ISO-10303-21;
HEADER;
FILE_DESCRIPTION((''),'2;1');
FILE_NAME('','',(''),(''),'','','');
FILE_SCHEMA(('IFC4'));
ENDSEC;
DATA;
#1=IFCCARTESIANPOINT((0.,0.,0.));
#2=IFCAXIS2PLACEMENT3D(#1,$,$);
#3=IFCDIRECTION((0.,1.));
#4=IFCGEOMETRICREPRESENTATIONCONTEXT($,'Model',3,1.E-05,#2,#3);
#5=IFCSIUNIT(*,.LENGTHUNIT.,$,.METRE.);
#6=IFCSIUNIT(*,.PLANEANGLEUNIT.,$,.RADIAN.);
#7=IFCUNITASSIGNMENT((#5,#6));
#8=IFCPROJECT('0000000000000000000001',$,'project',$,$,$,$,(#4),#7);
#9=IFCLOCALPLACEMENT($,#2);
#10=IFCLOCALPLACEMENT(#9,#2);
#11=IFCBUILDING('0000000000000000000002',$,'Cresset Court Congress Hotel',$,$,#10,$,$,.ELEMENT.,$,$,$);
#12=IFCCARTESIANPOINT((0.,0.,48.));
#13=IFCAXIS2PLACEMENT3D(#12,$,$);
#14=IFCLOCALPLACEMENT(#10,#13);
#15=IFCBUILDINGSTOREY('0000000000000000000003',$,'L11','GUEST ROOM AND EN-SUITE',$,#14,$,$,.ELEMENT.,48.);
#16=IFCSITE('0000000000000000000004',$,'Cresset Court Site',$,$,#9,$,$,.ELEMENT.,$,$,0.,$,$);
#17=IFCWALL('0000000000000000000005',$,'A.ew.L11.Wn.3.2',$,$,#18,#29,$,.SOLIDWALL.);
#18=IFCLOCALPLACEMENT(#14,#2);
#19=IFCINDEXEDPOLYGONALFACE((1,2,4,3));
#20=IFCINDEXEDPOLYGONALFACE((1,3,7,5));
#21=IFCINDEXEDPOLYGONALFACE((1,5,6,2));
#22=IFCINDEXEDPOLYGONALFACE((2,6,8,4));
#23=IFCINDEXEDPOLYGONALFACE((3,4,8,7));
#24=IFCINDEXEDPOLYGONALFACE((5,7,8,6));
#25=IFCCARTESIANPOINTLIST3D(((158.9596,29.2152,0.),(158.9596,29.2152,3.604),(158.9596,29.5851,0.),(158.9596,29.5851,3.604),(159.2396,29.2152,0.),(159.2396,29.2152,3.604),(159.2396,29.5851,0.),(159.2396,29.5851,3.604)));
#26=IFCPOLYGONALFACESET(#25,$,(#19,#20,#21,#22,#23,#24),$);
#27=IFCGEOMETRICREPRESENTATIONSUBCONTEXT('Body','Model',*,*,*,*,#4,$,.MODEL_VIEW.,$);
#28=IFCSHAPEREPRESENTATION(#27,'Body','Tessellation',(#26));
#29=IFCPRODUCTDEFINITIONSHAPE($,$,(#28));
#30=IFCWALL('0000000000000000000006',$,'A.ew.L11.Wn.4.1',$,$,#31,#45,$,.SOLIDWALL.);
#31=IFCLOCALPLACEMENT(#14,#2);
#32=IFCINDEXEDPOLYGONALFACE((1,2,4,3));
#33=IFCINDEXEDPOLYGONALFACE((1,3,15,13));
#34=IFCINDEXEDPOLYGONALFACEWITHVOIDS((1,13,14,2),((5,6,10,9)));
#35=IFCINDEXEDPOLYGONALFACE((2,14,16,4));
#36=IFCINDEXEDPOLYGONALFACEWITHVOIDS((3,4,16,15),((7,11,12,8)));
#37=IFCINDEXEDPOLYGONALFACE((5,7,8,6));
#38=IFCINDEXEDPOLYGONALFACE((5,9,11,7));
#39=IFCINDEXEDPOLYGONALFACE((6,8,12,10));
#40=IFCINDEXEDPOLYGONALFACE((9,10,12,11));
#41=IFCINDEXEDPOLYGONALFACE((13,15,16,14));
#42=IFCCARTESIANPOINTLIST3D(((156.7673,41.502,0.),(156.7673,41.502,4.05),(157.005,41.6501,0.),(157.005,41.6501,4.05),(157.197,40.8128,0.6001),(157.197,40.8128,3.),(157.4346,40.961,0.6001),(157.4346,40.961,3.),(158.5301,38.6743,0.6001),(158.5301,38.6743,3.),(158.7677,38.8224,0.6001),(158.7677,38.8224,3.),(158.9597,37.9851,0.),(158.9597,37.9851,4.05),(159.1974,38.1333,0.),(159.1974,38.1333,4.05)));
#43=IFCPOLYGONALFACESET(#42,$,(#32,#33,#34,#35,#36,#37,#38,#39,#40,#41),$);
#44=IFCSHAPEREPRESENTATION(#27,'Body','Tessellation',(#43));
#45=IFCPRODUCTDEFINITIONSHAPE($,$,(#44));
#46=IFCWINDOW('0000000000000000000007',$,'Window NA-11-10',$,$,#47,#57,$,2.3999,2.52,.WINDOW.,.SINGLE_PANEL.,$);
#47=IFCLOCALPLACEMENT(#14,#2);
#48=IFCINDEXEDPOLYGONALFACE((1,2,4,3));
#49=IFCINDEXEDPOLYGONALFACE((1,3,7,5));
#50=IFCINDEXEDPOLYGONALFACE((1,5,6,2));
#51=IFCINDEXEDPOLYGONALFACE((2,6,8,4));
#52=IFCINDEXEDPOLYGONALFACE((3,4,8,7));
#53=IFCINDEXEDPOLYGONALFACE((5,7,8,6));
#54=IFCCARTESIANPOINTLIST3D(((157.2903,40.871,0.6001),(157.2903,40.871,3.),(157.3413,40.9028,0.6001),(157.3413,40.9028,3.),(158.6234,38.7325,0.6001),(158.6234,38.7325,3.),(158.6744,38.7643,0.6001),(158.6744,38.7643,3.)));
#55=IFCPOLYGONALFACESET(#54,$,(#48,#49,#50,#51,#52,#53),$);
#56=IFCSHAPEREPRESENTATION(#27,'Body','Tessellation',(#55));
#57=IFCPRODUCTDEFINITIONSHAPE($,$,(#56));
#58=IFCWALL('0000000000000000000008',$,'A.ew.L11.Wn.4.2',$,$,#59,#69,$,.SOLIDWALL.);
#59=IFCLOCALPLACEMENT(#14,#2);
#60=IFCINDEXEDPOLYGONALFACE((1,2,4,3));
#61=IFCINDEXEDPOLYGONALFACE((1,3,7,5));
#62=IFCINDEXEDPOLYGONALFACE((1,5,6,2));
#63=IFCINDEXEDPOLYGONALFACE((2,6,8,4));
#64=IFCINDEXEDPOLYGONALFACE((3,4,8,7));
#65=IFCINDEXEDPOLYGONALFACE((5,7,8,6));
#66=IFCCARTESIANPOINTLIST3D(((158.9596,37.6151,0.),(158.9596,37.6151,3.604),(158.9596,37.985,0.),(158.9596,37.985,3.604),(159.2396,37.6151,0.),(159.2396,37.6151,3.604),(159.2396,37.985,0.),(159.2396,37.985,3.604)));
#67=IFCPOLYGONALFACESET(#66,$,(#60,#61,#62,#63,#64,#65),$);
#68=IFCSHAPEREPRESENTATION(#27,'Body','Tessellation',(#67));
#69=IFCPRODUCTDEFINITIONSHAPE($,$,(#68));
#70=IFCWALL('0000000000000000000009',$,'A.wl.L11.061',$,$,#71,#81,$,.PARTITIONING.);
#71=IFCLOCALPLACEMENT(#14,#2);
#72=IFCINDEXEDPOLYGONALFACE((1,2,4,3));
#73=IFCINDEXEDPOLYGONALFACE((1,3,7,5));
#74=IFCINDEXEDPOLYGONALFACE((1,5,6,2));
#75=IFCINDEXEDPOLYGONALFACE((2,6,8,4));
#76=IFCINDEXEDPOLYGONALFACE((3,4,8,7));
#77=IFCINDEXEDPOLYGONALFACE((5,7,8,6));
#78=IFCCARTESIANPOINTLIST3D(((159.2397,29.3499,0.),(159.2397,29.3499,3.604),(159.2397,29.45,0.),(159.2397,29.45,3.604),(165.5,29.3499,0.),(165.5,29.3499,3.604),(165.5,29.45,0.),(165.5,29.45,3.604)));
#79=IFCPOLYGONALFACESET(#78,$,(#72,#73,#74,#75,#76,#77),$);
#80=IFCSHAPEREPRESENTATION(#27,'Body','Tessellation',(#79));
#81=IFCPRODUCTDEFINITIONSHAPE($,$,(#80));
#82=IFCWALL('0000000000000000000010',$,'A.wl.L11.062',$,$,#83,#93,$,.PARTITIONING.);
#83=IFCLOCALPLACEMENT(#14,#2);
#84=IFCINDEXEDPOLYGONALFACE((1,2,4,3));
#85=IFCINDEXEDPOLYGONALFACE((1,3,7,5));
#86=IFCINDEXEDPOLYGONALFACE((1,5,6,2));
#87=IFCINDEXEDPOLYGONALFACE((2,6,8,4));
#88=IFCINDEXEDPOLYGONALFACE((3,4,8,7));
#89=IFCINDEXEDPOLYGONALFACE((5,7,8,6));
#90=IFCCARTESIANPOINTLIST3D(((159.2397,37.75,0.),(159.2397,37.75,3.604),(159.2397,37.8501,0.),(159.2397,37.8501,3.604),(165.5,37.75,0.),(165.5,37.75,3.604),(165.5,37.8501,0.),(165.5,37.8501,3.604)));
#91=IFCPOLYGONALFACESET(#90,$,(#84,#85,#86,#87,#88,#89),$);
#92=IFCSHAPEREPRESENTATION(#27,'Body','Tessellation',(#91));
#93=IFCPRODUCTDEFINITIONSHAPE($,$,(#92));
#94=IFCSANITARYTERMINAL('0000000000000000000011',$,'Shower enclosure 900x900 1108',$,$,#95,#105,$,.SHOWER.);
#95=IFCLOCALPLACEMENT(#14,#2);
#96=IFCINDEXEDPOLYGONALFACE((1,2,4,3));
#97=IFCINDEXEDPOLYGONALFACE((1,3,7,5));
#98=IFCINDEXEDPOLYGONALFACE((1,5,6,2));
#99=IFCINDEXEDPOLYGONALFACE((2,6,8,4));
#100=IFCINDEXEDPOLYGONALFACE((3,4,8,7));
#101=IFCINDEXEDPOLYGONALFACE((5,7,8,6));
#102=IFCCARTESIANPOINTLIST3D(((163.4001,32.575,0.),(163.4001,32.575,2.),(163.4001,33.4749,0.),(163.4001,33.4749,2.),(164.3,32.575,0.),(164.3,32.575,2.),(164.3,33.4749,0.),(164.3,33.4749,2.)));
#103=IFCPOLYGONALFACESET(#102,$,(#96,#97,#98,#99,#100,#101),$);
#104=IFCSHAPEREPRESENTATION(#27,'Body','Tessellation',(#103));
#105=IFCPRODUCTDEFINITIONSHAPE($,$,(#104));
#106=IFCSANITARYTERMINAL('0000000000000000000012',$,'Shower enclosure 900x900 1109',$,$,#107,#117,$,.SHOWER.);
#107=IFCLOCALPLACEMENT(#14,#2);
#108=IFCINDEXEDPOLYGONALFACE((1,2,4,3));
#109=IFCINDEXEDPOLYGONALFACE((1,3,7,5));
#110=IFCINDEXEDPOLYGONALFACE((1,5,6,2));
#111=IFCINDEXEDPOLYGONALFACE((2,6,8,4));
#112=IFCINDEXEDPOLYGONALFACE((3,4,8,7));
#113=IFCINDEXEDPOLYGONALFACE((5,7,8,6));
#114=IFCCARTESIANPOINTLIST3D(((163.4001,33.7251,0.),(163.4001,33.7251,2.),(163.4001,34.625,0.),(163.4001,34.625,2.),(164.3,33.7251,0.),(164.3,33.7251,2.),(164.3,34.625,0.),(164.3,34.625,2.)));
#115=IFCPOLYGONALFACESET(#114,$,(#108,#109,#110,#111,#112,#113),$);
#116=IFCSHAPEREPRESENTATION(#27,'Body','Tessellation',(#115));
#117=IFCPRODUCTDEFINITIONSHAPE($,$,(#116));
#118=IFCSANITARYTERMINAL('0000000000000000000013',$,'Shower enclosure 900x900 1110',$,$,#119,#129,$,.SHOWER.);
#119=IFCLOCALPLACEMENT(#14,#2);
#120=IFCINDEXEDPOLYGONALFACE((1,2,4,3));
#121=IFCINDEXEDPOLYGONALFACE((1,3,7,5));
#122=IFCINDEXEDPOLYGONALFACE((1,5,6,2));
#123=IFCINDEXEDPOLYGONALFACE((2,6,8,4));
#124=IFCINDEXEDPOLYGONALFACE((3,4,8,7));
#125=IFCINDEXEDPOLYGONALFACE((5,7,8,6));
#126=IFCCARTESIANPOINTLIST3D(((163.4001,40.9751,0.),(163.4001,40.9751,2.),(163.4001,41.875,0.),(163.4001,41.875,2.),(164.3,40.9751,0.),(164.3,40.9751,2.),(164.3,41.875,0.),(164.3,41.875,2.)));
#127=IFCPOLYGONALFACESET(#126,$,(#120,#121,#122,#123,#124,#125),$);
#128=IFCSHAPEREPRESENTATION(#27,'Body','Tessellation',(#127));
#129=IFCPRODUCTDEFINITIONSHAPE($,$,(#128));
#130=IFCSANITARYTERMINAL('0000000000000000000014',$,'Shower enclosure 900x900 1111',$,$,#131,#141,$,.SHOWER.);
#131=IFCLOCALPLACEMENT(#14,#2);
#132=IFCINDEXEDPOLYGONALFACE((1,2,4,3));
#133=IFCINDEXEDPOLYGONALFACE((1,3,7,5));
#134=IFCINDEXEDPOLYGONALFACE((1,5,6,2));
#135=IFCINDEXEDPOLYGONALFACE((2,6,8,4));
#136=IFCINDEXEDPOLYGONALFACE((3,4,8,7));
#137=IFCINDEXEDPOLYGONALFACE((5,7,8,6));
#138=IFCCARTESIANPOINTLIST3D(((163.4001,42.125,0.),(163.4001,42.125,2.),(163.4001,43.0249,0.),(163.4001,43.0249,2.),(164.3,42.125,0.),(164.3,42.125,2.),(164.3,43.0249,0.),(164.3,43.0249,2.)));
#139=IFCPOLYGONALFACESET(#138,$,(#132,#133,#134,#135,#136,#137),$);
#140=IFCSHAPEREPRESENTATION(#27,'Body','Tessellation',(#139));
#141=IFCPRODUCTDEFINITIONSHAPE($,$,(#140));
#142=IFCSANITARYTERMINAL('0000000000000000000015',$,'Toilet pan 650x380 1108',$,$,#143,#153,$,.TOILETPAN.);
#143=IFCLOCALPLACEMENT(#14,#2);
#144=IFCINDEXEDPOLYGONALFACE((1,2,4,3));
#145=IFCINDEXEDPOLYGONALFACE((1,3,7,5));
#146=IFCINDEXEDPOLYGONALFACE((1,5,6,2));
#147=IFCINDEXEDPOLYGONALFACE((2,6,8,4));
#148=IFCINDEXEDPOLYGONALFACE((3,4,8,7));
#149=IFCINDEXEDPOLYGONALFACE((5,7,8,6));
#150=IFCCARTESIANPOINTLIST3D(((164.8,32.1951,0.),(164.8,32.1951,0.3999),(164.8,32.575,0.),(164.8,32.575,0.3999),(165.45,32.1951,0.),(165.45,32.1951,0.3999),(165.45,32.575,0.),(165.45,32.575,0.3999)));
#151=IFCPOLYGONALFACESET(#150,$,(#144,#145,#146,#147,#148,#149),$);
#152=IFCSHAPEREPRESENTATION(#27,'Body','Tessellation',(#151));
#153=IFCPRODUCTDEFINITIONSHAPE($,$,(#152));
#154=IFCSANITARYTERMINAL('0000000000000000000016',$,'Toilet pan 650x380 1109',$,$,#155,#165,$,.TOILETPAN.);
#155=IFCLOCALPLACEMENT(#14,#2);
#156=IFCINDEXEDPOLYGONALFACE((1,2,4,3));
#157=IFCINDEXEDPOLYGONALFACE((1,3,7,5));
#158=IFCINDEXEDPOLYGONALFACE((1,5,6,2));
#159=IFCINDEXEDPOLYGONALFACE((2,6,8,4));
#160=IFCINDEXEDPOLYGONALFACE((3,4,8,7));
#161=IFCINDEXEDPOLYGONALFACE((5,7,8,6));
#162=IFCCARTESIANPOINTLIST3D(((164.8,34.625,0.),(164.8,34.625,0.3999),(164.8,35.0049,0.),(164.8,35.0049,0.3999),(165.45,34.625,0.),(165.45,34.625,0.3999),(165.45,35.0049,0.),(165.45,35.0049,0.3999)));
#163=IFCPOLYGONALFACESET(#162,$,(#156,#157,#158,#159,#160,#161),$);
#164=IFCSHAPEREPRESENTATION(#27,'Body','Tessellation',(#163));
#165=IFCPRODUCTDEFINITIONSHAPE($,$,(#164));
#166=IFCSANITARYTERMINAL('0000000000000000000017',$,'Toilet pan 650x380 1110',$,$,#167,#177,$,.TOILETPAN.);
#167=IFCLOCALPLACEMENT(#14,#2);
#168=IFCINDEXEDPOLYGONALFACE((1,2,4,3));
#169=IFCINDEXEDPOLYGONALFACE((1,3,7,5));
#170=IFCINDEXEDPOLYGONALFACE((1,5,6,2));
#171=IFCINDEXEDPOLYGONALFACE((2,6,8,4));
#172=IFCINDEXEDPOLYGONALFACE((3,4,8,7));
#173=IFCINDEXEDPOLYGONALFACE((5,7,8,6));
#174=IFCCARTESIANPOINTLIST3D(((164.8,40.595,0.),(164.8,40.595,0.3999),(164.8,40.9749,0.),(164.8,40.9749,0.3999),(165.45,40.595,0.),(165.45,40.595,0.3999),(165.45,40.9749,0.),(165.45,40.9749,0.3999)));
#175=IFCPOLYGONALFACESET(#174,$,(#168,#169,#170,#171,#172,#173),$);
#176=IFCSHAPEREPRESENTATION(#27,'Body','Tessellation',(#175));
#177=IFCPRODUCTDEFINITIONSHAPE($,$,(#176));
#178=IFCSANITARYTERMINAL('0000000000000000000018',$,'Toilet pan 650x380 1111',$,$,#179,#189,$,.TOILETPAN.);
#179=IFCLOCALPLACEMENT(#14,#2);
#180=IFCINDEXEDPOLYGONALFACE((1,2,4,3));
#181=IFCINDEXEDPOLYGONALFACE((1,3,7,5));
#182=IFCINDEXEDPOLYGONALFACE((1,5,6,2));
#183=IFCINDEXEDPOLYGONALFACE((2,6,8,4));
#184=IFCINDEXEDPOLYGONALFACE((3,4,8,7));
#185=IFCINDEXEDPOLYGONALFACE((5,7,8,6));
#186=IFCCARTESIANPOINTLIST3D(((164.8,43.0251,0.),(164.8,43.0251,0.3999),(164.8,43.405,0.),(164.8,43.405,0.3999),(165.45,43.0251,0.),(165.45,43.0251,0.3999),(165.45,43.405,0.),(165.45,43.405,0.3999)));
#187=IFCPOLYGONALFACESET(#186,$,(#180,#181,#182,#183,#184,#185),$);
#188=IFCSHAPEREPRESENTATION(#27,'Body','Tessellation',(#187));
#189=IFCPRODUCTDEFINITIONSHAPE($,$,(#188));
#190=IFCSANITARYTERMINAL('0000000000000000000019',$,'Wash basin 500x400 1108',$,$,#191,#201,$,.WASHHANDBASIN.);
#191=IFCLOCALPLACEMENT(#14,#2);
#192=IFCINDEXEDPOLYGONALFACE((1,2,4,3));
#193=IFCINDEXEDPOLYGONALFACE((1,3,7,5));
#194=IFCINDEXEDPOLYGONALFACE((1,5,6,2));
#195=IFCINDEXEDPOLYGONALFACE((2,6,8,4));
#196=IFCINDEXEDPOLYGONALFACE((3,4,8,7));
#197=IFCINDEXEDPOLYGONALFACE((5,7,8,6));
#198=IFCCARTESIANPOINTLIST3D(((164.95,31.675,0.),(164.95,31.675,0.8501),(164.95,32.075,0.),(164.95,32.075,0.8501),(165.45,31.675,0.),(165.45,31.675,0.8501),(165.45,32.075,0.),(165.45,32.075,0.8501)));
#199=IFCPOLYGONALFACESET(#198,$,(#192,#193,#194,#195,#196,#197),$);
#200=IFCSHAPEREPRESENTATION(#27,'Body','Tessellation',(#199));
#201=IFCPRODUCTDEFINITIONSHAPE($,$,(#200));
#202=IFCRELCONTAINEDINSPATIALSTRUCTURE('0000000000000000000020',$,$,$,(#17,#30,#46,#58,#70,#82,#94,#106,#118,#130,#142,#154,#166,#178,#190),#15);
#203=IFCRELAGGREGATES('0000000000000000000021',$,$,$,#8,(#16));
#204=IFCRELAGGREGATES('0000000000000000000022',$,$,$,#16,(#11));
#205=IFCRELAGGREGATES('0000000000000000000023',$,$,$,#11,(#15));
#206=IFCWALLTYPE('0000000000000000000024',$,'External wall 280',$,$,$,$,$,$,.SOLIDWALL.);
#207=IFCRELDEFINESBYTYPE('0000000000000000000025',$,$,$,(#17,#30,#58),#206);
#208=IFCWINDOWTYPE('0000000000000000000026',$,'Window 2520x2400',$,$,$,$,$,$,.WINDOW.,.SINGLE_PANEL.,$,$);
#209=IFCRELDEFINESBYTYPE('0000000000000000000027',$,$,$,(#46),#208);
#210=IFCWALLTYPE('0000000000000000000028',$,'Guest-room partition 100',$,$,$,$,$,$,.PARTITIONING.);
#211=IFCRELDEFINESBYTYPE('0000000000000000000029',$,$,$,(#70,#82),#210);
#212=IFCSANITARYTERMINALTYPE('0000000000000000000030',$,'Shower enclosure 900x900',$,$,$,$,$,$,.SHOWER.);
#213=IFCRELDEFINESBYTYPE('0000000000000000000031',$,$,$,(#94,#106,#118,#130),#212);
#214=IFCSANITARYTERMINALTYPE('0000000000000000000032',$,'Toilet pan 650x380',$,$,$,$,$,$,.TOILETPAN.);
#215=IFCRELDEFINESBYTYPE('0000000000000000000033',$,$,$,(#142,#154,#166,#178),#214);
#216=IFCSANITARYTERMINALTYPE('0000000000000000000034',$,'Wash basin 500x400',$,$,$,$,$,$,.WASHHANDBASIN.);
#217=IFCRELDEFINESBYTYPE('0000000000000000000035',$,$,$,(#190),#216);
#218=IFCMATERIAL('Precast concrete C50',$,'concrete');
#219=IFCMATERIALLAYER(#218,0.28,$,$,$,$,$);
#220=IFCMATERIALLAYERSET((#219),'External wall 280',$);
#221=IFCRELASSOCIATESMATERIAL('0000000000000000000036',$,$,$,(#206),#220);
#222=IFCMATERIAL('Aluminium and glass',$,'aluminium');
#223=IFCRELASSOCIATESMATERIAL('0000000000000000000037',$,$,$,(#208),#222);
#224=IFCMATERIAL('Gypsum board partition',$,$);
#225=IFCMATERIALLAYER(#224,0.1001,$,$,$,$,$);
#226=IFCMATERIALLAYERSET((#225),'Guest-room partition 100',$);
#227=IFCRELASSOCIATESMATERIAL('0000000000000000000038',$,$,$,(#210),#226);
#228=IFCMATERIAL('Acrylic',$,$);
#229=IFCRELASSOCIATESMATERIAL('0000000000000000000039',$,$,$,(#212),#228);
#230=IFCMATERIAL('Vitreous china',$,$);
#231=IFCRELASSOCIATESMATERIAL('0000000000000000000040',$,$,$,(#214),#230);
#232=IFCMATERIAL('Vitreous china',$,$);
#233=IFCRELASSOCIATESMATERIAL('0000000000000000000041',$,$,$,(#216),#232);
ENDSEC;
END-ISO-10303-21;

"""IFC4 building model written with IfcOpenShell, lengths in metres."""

from ifc_helpers import new_model, si_unit, direction, frame, frame_2d, origin, origin_2d, place, context, subcontext, project, spatial, rectangle, extrude, material, layer, layer_set, type_object, element, fill, save


model = new_model("IFC4")

# Units and contexts
model_context = context("Model", 3, precision=1e-05, world=origin(), true_north=direction((0.0, 1.0)))
body_context = subcontext(model_context, "Body", "Model", "MODEL_VIEW")
ifc_project = project(units=[si_unit("LENGTHUNIT", "METRE"), si_unit("PLANEANGLEUNIT", "RADIAN")], contexts=[model_context])

# Site, building, storey
site_placement = place(None, origin())
site = spatial("IfcSite", under=ifc_project, at=site_placement, Name="Cresset Court Site", CompositionType="ELEMENT", RefElevation=0.0)
building_placement = place(site_placement, origin())
building = spatial("IfcBuilding", under=site, at=building_placement, Name="Cresset Court Congress Hotel", CompositionType="ELEMENT")
storey_placement = place(building_placement, frame((0.0, 0.0, 48.0)))
storey = spatial("IfcBuildingStorey", under=building, at=storey_placement, Name="L11", Description="GUEST ROOM AND EN-SUITE", CompositionType="ELEMENT", Elevation=48.0)

# Shared definitions
ifc_material_1 = material(Name="Precast concrete C50", Category="concrete")
ifc_layer_1 = layer(ifc_material_1, 0.28)
ifc_layer_set_1 = layer_set([ifc_layer_1], Name="External wall 280")
wall_type_1 = type_object("IfcWallType", Name="External wall 280", PredefinedType="SOLIDWALL", material=ifc_layer_set_1)
ifc_material_2 = material(Name="Aluminium and glass", Category="aluminium")
window_type = type_object("IfcWindowType", Name="Window 2520x2400", PartitioningType="SINGLE_PANEL", PredefinedType="WINDOW", material=ifc_material_2)

# Wall
wall_1_placement = place(storey_placement, frame((159.0996, 29.2151, 0.0), z_axis=(0.0, 0.0, 1.0), x_axis=(0.0, 1.0, 0.0)))
element("IfcWall", 1, at=wall_1_placement, inside=storey, type_object=wall_type_1, Name="A.ew.L11.Wn.3.2", PredefinedType="SOLIDWALL", context=body_context, shape_type="SweptSolid", body=[
    extrude(rectangle(XDim=0.3699, YDim=0.28, at=frame_2d((0.1851, 0.0))), origin(), (0.0, 0.0, 1.0), 3.604),
])

# Wall, opening, window
wall_2_placement = place(storey_placement, frame((159.0786, 38.0591, 0.0), z_axis=(0.0, 0.0, 1.0), x_axis=(-0.529019, 0.84861, 0.0)))
wall_2 = element("IfcWall", 2, at=wall_2_placement, inside=storey, type_object=wall_type_1, Name="A.ew.L11.Wn.4.1", PredefinedType="SOLIDWALL", context=body_context, shape_type="SweptSolid", body=[
    extrude(rectangle(XDim=4.1443, YDim=0.28, at=frame_2d((2.0723, 0.0))), origin(), (0.0, 0.0, 1.0), 4.05),
])
opening_1_placement = place(wall_2_placement, frame((0.8123, 0.0, 0.6001)))
opening_1 = element("IfcOpeningElement", 3, at=opening_1_placement, cuts=wall_2, PredefinedType="OPENING", context=body_context, shape_type="SweptSolid", body=[
    extrude(rectangle(XDim=2.52, YDim=2.3999, at=frame_2d((1.26, 1.2))), frame((0.0, 0.1499, 0.0), z_axis=(0.0, -1.0, 0.0), x_axis=(1.0, 0.0, 0.0)), (0.0, 0.0, 1.0), 0.3),
])
window_1_placement = place(opening_1_placement, origin())
window_1 = element("IfcWindow", 4, at=window_1_placement, inside=storey, type_object=window_type, Name="Window NA-11-10", OverallHeight=2.3999, OverallWidth=2.52, PartitioningType="SINGLE_PANEL", PredefinedType="WINDOW", context=body_context, shape_type="SweptSolid", body=[
    extrude(rectangle(XDim=2.52, YDim=2.3999, at=frame_2d((1.26, 1.2))), frame((0.0, 0.03, 0.0), z_axis=(0.0, -1.0, 0.0), x_axis=(1.0, 0.0, 0.0)), (0.0, 0.0, 1.0), 0.0601),
])
fill(opening_1, window_1)

# Walls
wall_3_placement = place(storey_placement, frame((159.0996, 37.615, 0.0), z_axis=(0.0, 0.0, 1.0), x_axis=(0.0, 1.0, 0.0)))
element("IfcWall", 5, at=wall_3_placement, inside=storey, type_object=wall_type_1, Name="A.ew.L11.Wn.4.2", PredefinedType="SOLIDWALL", context=body_context, shape_type="SweptSolid", body=[
    extrude(rectangle(XDim=0.3699, YDim=0.28, at=frame_2d((0.1851, 0.0))), origin(), (0.0, 0.0, 1.0), 3.604),
])
ifc_material_3 = material(Name="Gypsum board partition")
ifc_layer_2 = layer(ifc_material_3, 0.1001)
ifc_layer_set_2 = layer_set([ifc_layer_2], Name="Guest-room partition 100")
wall_type_2 = type_object("IfcWallType", Name="Guest-room partition 100", PredefinedType="PARTITIONING", material=ifc_layer_set_2)
for number, where, z_axis, x_axis, name in (
    (6, (159.2397, 29.3999, 0.0), (0.0, 0.0, 1.0), (1.0, 0.0, 0.0), "A.wl.L11.061"),
    (7, (159.2397, 37.8, 0.0), (0.0, 0.0, 1.0), (1.0, 0.0, 0.0), "A.wl.L11.062"),
):
    element("IfcWall", number, at=place(storey_placement, frame(where, z_axis=z_axis, x_axis=x_axis)), inside=storey, type_object=wall_type_2, Name=name, PredefinedType="PARTITIONING", context=body_context, shape_type="SweptSolid", body=[
        extrude(rectangle(XDim=6.2603, YDim=0.1001, at=frame_2d((3.1301, 0.0))), origin(), (0.0, 0.0, 1.0), 3.604),
    ])

# Sanitary terminals
ifc_material_4 = material(Name="Acrylic")
sanitary_terminal_type_1 = type_object("IfcSanitaryTerminalType", Name="Shower enclosure 900x900", PredefinedType="SHOWER", material=ifc_material_4)
for number, where, z_axis, x_axis, name in (
    (8, (163.8501, 33.0249, 0.0), (0.0, 0.0, 1.0), (1.0, 0.0, 0.0), "Shower enclosure 900x900 1108"),
    (9, (163.8501, 34.175, 0.0), (0.0, 0.0, 1.0), (1.0, 0.0, 0.0), "Shower enclosure 900x900 1109"),
    (10, (163.8501, 41.425, 0.0), (0.0, 0.0, 1.0), (1.0, 0.0, 0.0), "Shower enclosure 900x900 1110"),
    (11, (163.8501, 42.575, 0.0), (0.0, 0.0, 1.0), (1.0, 0.0, 0.0), "Shower enclosure 900x900 1111"),
):
    element("IfcSanitaryTerminal", number, at=place(storey_placement, frame(where, z_axis=z_axis, x_axis=x_axis)), inside=storey, type_object=sanitary_terminal_type_1, Name=name, PredefinedType="SHOWER", context=body_context, shape_type="SweptSolid", body=[
        extrude(rectangle(XDim=0.8999, YDim=0.8999, at=origin_2d()), origin(), (0.0, 0.0, 1.0), 2.0),
    ])
ifc_material_5 = material(Name="Vitreous china")
sanitary_terminal_type_2 = type_object("IfcSanitaryTerminalType", Name="Toilet pan 650x380", PredefinedType="TOILETPAN", material=ifc_material_5)
for number, where, z_axis, x_axis, name in (
    (12, (165.125, 32.385, 0.0), (0.0, 0.0, 1.0), (1.0, 0.0, 0.0), "Toilet pan 650x380 1108"),
    (13, (165.125, 34.8149, 0.0), (0.0, 0.0, 1.0), (1.0, 0.0, 0.0), "Toilet pan 650x380 1109"),
    (14, (165.125, 40.7849, 0.0), (0.0, 0.0, 1.0), (1.0, 0.0, 0.0), "Toilet pan 650x380 1110"),
    (15, (165.125, 43.2151, 0.0), (0.0, 0.0, 1.0), (1.0, 0.0, 0.0), "Toilet pan 650x380 1111"),
):
    element("IfcSanitaryTerminal", number, at=place(storey_placement, frame(where, z_axis=z_axis, x_axis=x_axis)), inside=storey, type_object=sanitary_terminal_type_2, Name=name, PredefinedType="TOILETPAN", context=body_context, shape_type="SweptSolid", body=[
        extrude(rectangle(XDim=0.6499, YDim=0.3799, at=origin_2d()), origin(), (0.0, 0.0, 1.0), 0.3999),
    ])
ifc_material_6 = material(Name="Vitreous china")
sanitary_terminal_type_3 = type_object("IfcSanitaryTerminalType", Name="Wash basin 500x400", PredefinedType="WASHHANDBASIN", material=ifc_material_6)
for number, where, z_axis, x_axis, name in (
    (16, (165.2, 31.875, 0.0), (0.0, 0.0, 1.0), (1.0, 0.0, 0.0), "Wash basin 500x400 1108"),
):
    element("IfcSanitaryTerminal", number, at=place(storey_placement, frame(where, z_axis=z_axis, x_axis=x_axis)), inside=storey, type_object=sanitary_terminal_type_3, Name=name, PredefinedType="WASHHANDBASIN", context=body_context, shape_type="SweptSolid", body=[
        extrude(rectangle(XDim=0.5, YDim=0.3999, at=origin_2d()), origin(), (0.0, 0.0, 1.0), 0.8501),
    ])

save(model, "model.ifc")
